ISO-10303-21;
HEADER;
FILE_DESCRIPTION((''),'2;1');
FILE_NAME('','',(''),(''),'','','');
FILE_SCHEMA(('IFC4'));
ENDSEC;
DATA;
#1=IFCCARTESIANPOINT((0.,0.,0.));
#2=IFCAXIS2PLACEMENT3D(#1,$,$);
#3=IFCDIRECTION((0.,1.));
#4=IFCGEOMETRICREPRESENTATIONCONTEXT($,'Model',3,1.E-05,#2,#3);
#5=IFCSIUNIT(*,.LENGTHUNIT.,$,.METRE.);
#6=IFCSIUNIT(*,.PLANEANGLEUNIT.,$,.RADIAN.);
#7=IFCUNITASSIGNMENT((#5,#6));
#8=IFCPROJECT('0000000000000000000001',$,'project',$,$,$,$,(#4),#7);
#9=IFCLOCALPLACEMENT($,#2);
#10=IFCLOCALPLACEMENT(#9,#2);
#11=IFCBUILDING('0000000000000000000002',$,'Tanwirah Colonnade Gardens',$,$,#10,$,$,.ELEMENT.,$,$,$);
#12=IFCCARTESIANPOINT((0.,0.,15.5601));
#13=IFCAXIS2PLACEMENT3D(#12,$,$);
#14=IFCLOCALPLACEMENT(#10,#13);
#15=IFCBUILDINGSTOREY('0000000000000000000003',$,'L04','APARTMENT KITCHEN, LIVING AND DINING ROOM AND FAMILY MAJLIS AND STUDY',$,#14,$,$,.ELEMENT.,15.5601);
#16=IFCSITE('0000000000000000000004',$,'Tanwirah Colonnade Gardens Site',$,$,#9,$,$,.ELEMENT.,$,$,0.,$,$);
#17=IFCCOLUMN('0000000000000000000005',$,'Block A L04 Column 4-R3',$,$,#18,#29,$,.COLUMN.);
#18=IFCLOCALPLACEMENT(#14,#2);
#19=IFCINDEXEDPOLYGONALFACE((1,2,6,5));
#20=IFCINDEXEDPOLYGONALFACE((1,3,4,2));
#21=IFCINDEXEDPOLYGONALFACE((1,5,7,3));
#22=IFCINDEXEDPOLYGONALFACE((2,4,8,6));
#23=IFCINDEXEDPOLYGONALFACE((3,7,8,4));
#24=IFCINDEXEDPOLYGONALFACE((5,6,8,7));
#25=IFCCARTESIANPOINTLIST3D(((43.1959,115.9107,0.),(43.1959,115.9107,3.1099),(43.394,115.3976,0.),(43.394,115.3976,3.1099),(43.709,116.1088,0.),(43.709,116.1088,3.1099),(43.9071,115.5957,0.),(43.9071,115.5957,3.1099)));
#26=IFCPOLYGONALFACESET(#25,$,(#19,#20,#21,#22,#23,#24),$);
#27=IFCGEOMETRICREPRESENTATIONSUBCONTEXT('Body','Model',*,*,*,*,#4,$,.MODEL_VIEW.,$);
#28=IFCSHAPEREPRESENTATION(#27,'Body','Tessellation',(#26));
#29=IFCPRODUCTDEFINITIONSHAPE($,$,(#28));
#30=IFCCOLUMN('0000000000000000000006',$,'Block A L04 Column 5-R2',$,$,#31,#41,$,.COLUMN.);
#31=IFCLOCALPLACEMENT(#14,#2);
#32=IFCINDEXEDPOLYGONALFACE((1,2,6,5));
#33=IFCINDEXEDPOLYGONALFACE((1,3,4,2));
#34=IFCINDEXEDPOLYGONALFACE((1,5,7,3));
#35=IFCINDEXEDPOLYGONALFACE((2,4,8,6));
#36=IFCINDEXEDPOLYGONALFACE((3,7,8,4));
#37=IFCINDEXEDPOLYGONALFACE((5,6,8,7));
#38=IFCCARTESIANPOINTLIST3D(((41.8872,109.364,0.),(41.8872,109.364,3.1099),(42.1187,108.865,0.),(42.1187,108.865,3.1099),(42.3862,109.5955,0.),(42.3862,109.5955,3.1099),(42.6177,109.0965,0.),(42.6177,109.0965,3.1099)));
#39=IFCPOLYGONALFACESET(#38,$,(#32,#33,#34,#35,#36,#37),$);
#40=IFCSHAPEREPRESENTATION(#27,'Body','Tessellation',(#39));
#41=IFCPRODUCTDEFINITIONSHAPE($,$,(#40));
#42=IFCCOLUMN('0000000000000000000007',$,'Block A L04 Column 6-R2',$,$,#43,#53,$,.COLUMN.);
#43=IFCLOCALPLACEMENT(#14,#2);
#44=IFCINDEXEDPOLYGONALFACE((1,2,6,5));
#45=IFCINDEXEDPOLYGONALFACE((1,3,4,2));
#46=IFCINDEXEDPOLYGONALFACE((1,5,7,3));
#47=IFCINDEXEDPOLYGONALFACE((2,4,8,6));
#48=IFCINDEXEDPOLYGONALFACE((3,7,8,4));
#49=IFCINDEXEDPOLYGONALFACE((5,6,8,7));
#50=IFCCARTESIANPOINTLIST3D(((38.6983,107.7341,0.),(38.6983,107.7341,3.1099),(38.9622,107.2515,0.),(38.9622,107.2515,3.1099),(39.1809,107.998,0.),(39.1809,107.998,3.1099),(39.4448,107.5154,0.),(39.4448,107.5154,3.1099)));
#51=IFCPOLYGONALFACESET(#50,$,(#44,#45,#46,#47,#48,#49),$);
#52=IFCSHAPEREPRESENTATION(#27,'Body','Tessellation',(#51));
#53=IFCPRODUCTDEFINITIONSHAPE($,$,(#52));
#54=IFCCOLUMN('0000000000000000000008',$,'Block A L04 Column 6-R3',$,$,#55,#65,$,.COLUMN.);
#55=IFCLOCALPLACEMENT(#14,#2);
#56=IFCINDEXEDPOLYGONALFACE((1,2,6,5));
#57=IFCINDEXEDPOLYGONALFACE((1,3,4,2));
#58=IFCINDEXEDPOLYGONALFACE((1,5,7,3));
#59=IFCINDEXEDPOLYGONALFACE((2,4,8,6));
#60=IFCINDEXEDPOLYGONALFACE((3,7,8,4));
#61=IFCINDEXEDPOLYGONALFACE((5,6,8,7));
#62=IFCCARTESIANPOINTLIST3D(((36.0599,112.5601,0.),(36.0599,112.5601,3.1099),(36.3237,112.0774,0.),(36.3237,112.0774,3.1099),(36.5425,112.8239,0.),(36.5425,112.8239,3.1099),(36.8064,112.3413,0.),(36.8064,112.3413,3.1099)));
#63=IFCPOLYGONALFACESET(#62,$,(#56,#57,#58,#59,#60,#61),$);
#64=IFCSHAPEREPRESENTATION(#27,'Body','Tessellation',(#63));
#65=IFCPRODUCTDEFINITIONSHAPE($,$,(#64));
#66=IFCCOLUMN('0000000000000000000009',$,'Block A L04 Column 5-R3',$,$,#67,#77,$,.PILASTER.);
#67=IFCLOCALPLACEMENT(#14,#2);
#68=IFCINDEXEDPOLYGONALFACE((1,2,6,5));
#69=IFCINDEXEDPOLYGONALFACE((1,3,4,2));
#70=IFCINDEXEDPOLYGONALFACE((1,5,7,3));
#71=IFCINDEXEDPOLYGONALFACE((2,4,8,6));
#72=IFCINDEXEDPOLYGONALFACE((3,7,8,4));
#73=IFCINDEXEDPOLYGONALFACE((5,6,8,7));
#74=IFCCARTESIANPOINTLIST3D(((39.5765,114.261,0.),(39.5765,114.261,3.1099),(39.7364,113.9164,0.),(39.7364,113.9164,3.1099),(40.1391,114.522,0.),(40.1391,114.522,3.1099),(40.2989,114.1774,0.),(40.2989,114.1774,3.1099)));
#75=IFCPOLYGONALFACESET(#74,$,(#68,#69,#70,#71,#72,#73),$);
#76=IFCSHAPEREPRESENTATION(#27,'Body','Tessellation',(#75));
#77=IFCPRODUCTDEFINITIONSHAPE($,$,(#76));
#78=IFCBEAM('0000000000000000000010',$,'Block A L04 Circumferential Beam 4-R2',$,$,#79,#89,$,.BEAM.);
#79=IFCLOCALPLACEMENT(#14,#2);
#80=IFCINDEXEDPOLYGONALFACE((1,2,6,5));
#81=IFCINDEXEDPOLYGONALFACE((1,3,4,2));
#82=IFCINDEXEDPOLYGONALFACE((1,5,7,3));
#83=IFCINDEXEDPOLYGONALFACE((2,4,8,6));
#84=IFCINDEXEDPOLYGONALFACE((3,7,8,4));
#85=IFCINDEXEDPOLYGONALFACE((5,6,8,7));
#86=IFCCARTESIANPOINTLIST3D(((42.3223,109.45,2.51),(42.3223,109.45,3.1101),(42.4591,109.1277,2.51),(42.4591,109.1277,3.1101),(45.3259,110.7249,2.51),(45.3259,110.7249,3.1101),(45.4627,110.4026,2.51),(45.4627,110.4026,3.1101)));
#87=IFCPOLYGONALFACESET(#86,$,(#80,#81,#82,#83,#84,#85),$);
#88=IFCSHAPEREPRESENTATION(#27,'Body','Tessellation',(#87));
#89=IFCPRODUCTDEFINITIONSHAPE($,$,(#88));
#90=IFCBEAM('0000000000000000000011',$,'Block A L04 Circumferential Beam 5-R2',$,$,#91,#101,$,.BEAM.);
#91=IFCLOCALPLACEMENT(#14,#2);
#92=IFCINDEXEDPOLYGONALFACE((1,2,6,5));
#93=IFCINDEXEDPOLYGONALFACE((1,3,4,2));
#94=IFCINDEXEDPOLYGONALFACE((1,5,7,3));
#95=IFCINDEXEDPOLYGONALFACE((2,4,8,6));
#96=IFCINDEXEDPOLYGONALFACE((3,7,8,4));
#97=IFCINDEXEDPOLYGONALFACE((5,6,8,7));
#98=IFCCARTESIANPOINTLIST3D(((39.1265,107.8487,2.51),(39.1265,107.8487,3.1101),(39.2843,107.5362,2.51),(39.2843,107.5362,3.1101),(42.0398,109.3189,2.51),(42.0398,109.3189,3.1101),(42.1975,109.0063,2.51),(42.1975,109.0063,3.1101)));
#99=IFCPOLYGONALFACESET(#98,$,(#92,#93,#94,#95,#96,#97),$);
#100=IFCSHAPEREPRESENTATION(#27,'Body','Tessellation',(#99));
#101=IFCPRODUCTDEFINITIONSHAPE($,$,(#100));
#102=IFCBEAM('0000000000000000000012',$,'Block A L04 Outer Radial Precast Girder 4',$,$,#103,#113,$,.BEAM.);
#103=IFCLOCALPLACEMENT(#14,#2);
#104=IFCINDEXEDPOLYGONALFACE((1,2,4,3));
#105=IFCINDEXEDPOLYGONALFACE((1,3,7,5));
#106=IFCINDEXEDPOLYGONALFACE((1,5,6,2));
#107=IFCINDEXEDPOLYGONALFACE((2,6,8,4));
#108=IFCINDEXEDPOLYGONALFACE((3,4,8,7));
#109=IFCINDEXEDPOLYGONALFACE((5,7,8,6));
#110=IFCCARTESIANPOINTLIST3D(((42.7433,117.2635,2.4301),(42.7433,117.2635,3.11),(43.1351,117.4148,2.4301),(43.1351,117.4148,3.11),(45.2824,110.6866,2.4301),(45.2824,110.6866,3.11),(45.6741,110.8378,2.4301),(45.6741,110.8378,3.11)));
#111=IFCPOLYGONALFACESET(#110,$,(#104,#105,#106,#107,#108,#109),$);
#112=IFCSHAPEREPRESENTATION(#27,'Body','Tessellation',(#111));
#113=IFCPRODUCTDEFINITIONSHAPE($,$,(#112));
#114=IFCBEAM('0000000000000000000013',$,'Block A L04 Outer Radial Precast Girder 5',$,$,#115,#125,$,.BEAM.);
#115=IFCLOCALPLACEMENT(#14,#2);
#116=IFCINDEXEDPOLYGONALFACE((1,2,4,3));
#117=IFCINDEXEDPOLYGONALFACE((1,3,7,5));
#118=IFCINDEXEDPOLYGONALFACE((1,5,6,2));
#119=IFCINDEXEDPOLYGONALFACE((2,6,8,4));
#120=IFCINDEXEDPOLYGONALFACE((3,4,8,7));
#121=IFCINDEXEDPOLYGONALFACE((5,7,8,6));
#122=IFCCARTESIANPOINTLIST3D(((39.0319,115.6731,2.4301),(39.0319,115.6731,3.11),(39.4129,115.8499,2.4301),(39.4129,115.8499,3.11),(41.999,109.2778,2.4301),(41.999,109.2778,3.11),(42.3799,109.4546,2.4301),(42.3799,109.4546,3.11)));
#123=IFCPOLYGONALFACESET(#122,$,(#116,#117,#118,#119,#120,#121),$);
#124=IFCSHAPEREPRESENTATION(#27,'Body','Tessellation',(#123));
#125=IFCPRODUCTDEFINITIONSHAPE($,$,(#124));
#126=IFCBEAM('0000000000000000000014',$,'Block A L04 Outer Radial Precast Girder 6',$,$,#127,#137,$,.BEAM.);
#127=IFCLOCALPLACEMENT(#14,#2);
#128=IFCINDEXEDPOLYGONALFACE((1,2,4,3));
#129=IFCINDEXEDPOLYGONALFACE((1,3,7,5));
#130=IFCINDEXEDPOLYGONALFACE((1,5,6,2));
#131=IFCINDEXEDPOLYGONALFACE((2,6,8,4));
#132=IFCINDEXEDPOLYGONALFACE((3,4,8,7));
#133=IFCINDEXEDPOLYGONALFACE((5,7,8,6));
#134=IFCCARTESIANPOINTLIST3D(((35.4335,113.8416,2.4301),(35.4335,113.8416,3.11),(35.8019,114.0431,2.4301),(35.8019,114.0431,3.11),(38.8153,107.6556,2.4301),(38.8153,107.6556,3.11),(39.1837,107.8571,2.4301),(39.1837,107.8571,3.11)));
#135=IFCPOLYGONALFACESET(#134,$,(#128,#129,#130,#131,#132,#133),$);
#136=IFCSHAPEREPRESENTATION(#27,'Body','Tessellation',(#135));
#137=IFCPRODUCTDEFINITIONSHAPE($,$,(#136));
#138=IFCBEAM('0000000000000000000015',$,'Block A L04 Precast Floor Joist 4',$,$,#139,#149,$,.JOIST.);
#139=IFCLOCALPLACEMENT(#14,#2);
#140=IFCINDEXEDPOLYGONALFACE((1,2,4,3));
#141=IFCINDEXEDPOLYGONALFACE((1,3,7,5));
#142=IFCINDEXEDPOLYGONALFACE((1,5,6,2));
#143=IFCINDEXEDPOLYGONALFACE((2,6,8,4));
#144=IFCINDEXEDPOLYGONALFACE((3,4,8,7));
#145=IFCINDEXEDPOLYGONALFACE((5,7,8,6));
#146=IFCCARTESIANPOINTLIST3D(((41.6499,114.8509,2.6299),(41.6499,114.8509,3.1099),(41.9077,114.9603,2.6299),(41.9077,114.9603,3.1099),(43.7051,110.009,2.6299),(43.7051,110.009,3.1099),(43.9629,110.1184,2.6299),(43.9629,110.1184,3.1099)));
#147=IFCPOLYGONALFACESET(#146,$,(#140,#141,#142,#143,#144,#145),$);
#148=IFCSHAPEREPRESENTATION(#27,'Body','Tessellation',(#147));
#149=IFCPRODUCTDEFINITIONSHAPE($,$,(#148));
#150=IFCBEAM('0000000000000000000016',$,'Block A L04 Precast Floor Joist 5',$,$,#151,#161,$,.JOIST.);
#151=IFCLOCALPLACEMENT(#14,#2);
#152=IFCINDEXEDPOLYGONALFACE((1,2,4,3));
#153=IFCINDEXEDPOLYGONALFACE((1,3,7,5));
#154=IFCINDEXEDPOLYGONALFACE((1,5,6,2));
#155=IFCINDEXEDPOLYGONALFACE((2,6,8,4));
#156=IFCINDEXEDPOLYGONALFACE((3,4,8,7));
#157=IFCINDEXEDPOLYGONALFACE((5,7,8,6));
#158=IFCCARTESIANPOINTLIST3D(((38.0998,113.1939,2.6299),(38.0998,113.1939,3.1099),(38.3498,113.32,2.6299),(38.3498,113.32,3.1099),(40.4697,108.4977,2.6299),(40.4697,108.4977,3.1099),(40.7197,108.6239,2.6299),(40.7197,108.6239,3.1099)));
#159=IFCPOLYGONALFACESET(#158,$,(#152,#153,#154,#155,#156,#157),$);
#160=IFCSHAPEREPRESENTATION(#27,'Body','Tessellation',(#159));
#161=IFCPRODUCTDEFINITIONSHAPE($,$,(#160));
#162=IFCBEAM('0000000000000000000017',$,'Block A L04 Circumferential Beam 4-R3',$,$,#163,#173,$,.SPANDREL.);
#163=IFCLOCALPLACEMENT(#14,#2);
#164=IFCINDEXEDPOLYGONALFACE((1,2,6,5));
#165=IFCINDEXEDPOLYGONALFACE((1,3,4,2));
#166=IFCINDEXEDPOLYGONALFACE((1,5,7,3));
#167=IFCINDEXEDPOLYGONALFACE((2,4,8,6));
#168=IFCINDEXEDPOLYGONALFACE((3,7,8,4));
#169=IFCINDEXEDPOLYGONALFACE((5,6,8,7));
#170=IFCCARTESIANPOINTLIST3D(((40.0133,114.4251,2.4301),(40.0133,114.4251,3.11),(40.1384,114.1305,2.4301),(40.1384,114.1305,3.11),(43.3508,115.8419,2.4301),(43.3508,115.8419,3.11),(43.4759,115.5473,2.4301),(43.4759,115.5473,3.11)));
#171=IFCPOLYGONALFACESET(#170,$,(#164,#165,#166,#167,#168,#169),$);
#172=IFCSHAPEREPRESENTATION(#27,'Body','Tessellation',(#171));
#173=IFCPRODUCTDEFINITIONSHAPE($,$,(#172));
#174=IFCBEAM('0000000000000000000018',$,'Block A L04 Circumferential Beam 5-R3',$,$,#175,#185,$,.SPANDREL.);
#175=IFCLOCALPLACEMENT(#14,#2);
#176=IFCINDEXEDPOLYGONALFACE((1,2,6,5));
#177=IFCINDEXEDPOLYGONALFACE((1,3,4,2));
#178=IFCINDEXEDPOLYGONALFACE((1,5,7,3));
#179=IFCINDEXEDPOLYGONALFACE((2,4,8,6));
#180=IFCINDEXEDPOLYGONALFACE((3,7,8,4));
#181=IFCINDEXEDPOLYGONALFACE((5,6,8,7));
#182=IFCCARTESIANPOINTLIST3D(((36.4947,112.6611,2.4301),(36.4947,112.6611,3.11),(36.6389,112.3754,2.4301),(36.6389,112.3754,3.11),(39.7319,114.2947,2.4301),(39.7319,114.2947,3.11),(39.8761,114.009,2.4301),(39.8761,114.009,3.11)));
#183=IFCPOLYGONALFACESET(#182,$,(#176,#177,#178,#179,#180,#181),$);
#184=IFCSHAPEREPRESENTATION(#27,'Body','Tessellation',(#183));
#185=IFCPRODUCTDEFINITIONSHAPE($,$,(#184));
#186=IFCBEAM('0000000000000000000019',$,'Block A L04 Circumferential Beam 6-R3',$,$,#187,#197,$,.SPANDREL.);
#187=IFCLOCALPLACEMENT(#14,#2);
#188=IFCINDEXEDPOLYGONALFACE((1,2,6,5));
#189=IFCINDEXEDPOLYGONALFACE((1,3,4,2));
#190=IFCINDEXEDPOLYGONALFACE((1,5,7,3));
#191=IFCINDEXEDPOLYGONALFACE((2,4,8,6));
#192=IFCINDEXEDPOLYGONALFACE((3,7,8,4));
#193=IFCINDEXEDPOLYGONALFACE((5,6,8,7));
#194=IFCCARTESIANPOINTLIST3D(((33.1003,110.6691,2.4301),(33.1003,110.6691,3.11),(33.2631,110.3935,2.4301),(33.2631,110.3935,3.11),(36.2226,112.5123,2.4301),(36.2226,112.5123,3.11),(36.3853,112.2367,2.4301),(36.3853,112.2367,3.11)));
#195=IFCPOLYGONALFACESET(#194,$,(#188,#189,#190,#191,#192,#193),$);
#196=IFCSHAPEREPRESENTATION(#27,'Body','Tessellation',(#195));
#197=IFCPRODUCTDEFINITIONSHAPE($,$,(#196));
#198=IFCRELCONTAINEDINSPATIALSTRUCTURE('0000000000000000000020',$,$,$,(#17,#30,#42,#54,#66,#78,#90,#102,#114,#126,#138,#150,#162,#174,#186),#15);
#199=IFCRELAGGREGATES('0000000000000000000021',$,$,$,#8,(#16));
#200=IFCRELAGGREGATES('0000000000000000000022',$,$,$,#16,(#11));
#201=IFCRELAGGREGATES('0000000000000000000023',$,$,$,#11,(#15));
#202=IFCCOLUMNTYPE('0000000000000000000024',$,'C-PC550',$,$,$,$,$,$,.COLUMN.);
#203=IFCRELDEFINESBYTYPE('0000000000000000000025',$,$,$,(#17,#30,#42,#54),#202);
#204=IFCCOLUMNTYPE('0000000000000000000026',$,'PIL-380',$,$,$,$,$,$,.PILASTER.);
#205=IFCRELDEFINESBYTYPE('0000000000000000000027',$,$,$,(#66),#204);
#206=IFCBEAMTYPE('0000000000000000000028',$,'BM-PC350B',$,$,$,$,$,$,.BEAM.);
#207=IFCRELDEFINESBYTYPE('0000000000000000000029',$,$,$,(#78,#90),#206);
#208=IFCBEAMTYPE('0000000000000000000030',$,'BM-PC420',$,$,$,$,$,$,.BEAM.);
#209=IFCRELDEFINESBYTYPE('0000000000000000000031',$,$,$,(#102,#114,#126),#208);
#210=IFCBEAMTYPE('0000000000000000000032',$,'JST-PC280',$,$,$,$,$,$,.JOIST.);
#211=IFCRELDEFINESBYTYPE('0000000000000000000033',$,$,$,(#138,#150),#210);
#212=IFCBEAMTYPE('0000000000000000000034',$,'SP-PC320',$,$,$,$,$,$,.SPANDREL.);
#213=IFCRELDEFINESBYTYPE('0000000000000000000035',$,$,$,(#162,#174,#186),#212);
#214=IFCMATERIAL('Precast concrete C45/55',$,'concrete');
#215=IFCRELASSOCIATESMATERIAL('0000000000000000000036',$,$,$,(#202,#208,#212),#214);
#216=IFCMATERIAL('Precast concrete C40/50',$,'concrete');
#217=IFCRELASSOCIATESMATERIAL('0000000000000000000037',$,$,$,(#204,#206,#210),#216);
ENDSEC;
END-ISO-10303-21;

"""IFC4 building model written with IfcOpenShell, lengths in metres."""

from ifc_helpers import new_model, si_unit, direction, frame, origin, origin_2d, place, context, subcontext, project, spatial, rectangle, extrude, material, material_profile, profile_set, type_object, element, save


model = new_model("IFC4")

# Units and contexts
model_context = context("Model", 3, precision=1e-05, world=origin(), true_north=direction((0.0, 1.0)))
body_context = subcontext(model_context, "Body", "Model", "MODEL_VIEW")
ifc_project = project(units=[si_unit("LENGTHUNIT", "METRE"), si_unit("PLANEANGLEUNIT", "RADIAN")], contexts=[model_context])

# Site, building, storey
site_placement = place(None, origin())
site = spatial("IfcSite", under=ifc_project, at=site_placement, Name="Tanwirah Colonnade Gardens Site", CompositionType="ELEMENT", RefElevation=0.0)
building_placement = place(site_placement, origin())
building = spatial("IfcBuilding", under=site, at=building_placement, Name="Tanwirah Colonnade Gardens", CompositionType="ELEMENT")
storey_placement = place(building_placement, frame((0.0, 0.0, 15.5601)))
storey = spatial("IfcBuildingStorey", under=building, at=storey_placement, Name="L04", Description="APARTMENT KITCHEN, LIVING AND DINING ROOM AND FAMILY MAJLIS AND STUDY", CompositionType="ELEMENT", Elevation=15.5601)

# Columns
ifc_material_1 = material(Name="Precast concrete C45/55", Category="concrete")
ifc_material_profile_1 = material_profile(ifc_material_1, rectangle(XDim=0.55, YDim=0.55, at=origin_2d()), Name="PC-COL 550x550")
ifc_profile_set_1 = profile_set([ifc_material_profile_1], Name="Precast concrete C45/55")
column_type_1 = type_object("IfcColumnType", Name="C-PC550", PredefinedType="COLUMN", material=ifc_profile_set_1)
for number, where, z_axis, x_axis, name in (
    (1, (43.5515, 115.7532, 0.0), (0.0, 0.0, 1.0), (-0.360178, 0.932884, 0.0), "Block A L04 Column 4-R3"),
    (2, (42.2524, 109.2302, 0.0), (0.0, 0.0, 1.0), (-0.42086, 0.907126, 0.0), "Block A L04 Column 5-R2"),
    (3, (39.0715, 107.6248, 0.0), (0.0, 0.0, 1.0), (-0.479713, 0.877425, 0.0), "Block A L04 Column 6-R2"),
    (4, (36.4331, 112.4507, 0.0), (0.0, 0.0, 1.0), (-0.479713, 0.877425, 0.0), "Block A L04 Column 6-R3"),
):
    element("IfcColumn", number, at=place(storey_placement, frame(where, z_axis=z_axis, x_axis=x_axis)), inside=storey, type_object=column_type_1, Name=name, PredefinedType="COLUMN", context=body_context, shape_type="SweptSolid", body=[
        extrude(rectangle(XDim=0.55, YDim=0.55, at=origin_2d()), origin(), (0.0, 0.0, 1.0), 3.1099),
    ])
ifc_material_2 = material(Name="Precast concrete C40/50", Category="concrete")
ifc_material_profile_2 = material_profile(ifc_material_2, rectangle(XDim=0.3799, YDim=0.6201, at=origin_2d()), Name="PC-PIL 380x620")
ifc_profile_set_2 = profile_set([ifc_material_profile_2], Name="Precast concrete C40/50")
column_type_2 = type_object("IfcColumnType", Name="PIL-380", PredefinedType="PILASTER", material=ifc_profile_set_2)
column_placement = place(storey_placement, frame((39.9377, 114.2192, 0.0), z_axis=(0.0, 0.0, 1.0), x_axis=(-0.42086, 0.907126, 0.0)))
element("IfcColumn", 5, at=column_placement, inside=storey, type_object=column_type_2, Name="Block A L04 Column 5-R3", PredefinedType="PILASTER", context=body_context, shape_type="SweptSolid", body=[
    extrude(rectangle(XDim=0.3799, YDim=0.6201, at=origin_2d()), origin(), (0.0, 0.0, 1.0), 3.1099),
])

# Beams
ifc_material_profile_3 = material_profile(ifc_material_2, rectangle(XDim=0.3501, YDim=0.6001, at=origin_2d()), Name="PC-BM 350x600")
ifc_profile_set_3 = profile_set([ifc_material_profile_3], Name="Precast concrete C40/50")
beam_type_1 = type_object("IfcBeamType", Name="BM-PC350B", PredefinedType="BEAM", material=ifc_profile_set_3)
beam_1_placement = place(storey_placement, frame((45.3943, 110.5637, 2.8101), z_axis=(-0.920513, -0.390711, 0.0), x_axis=(0.390711, -0.920513, 0.0)))
element("IfcBeam", 6, at=beam_1_placement, inside=storey, type_object=beam_type_1, Name="Block A L04 Circumferential Beam 4-R2", PredefinedType="BEAM", context=body_context, shape_type="SweptSolid", body=[
    extrude(rectangle(XDim=0.3501, YDim=0.6001, at=origin_2d()), origin(), (0.0, 0.0, 1.0), 3.2629),
])
beam_2_placement = place(storey_placement, frame((42.1187, 109.1626, 2.8101), z_axis=(-0.89276, -0.450532, 0.0), x_axis=(0.450532, -0.89276, 0.0)))
element("IfcBeam", 7, at=beam_2_placement, inside=storey, type_object=beam_type_1, Name="Block A L04 Circumferential Beam 5-R2", PredefinedType="BEAM", context=body_context, shape_type="SweptSolid", body=[
    extrude(rectangle(XDim=0.3501, YDim=0.6001, at=origin_2d()), origin(), (0.0, 0.0, 1.0), 3.2632),
])
ifc_material_profile_4 = material_profile(ifc_material_1, rectangle(XDim=0.4199, YDim=0.6799, at=origin_2d()), Name="PC-BM 420x680")
ifc_profile_set_4 = profile_set([ifc_material_profile_4], Name="Precast concrete C45/55")
beam_type_2 = type_object("IfcBeamType", Name="BM-PC420", PredefinedType="BEAM", material=ifc_profile_set_4)
for number, where, z_axis, x_axis, name in (
    (8, (45.4783, 110.7622, 2.77), (-0.360151, 0.932894, 0.0), (-0.932894, -0.360151, 0.0), "Block A L04 Outer Radial Precast Girder 4"),
    (9, (42.1895, 109.3662, 2.77), (-0.420856, 0.907128, 0.0), (-0.907128, -0.420856, 0.0), "Block A L04 Outer Radial Precast Girder 5"),
    (10, (38.9995, 107.7563, 2.77), (-0.479687, 0.87744, 0.0), (-0.87744, -0.479687, 0.0), "Block A L04 Outer Radial Precast Girder 6"),
):
    element("IfcBeam", number, at=place(storey_placement, frame(where, z_axis=z_axis, x_axis=x_axis)), inside=storey, type_object=beam_type_2, Name=name, PredefinedType="BEAM", context=body_context, shape_type="SweptSolid", body=[
        extrude(rectangle(XDim=0.4199, YDim=0.6799, at=origin_2d()), origin(), (0.0, 0.0, 1.0), 7.05),
    ])
ifc_material_profile_5 = material_profile(ifc_material_2, rectangle(XDim=0.28, YDim=0.48, at=origin_2d()), Name="PC-JST 280x480")
ifc_profile_set_5 = profile_set([ifc_material_profile_5], Name="Precast concrete C40/50")
beam_type_3 = type_object("IfcBeamType", Name="JST-PC280", PredefinedType="JOIST", material=ifc_profile_set_5)
beam_3_placement = place(storey_placement, frame((43.834, 110.0637, 2.8699), z_axis=(-0.390724, 0.920508, 0.0), x_axis=(-0.920508, -0.390724, 0.0)))
element("IfcBeam", 11, at=beam_3_placement, inside=storey, type_object=beam_type_3, Name="Block A L04 Precast Floor Joist 4", PredefinedType="JOIST", context=body_context, shape_type="SweptSolid", body=[
    extrude(rectangle(XDim=0.28, YDim=0.48, at=origin_2d()), origin(), (0.0, 0.0, 1.0), 5.26),
])
beam_4_placement = place(storey_placement, frame((40.5947, 108.5608, 2.8699), z_axis=(-0.450534, 0.892759, 0.0), x_axis=(-0.892759, -0.450534, 0.0)))
element("IfcBeam", 12, at=beam_4_placement, inside=storey, type_object=beam_type_3, Name="Block A L04 Precast Floor Joist 5", PredefinedType="JOIST", context=body_context, shape_type="SweptSolid", body=[
    extrude(rectangle(XDim=0.28, YDim=0.48, at=origin_2d()), origin(), (0.0, 0.0, 1.0), 5.2603),
])
ifc_material_profile_6 = material_profile(ifc_material_1, rectangle(XDim=0.3201, YDim=0.6799, at=origin_2d()), Name="PC-SP 320x680")
ifc_profile_set_6 = profile_set([ifc_material_profile_6], Name="Precast concrete C45/55")
beam_type_4 = type_object("IfcBeamType", Name="SP-PC320", PredefinedType="SPANDREL", material=ifc_profile_set_6)
beam_5_placement = place(storey_placement, frame((43.4133, 115.6946, 2.77), z_axis=(-0.920494, -0.390756, 0.0), x_axis=(0.390756, -0.920494, 0.0)))
element("IfcBeam", 13, at=beam_5_placement, inside=storey, type_object=beam_type_4, Name="Block A L04 Circumferential Beam 4-R3", PredefinedType="SPANDREL", context=body_context, shape_type="SweptSolid", body=[
    extrude(rectangle(XDim=0.3201, YDim=0.6799, at=origin_2d()), origin(), (0.0, 0.0, 1.0), 3.6257),
])
beam_6_placement = place(storey_placement, frame((39.804, 114.1519, 2.77), z_axis=(-0.892765, -0.450523, 0.0), x_axis=(0.450523, -0.892765, 0.0)))
element("IfcBeam", 14, at=beam_6_placement, inside=storey, type_object=beam_type_4, Name="Block A L04 Circumferential Beam 5-R3", PredefinedType="SPANDREL", context=body_context, shape_type="SweptSolid", body=[
    extrude(rectangle(XDim=0.3201, YDim=0.6799, at=origin_2d()), origin(), (0.0, 0.0, 1.0), 3.626),
])
beam_7_placement = place(storey_placement, frame((36.304, 112.3745, 2.77), z_axis=(-0.861137, -0.508373, 0.0), x_axis=(0.508373, -0.861137, 0.0)))
element("IfcBeam", 15, at=beam_7_placement, inside=storey, type_object=beam_type_4, Name="Block A L04 Circumferential Beam 6-R3", PredefinedType="SPANDREL", context=body_context, shape_type="SweptSolid", body=[
    extrude(rectangle(XDim=0.3201, YDim=0.6799, at=origin_2d()), origin(), (0.0, 0.0, 1.0), 3.6257),
])

save(model, "model.ifc")
